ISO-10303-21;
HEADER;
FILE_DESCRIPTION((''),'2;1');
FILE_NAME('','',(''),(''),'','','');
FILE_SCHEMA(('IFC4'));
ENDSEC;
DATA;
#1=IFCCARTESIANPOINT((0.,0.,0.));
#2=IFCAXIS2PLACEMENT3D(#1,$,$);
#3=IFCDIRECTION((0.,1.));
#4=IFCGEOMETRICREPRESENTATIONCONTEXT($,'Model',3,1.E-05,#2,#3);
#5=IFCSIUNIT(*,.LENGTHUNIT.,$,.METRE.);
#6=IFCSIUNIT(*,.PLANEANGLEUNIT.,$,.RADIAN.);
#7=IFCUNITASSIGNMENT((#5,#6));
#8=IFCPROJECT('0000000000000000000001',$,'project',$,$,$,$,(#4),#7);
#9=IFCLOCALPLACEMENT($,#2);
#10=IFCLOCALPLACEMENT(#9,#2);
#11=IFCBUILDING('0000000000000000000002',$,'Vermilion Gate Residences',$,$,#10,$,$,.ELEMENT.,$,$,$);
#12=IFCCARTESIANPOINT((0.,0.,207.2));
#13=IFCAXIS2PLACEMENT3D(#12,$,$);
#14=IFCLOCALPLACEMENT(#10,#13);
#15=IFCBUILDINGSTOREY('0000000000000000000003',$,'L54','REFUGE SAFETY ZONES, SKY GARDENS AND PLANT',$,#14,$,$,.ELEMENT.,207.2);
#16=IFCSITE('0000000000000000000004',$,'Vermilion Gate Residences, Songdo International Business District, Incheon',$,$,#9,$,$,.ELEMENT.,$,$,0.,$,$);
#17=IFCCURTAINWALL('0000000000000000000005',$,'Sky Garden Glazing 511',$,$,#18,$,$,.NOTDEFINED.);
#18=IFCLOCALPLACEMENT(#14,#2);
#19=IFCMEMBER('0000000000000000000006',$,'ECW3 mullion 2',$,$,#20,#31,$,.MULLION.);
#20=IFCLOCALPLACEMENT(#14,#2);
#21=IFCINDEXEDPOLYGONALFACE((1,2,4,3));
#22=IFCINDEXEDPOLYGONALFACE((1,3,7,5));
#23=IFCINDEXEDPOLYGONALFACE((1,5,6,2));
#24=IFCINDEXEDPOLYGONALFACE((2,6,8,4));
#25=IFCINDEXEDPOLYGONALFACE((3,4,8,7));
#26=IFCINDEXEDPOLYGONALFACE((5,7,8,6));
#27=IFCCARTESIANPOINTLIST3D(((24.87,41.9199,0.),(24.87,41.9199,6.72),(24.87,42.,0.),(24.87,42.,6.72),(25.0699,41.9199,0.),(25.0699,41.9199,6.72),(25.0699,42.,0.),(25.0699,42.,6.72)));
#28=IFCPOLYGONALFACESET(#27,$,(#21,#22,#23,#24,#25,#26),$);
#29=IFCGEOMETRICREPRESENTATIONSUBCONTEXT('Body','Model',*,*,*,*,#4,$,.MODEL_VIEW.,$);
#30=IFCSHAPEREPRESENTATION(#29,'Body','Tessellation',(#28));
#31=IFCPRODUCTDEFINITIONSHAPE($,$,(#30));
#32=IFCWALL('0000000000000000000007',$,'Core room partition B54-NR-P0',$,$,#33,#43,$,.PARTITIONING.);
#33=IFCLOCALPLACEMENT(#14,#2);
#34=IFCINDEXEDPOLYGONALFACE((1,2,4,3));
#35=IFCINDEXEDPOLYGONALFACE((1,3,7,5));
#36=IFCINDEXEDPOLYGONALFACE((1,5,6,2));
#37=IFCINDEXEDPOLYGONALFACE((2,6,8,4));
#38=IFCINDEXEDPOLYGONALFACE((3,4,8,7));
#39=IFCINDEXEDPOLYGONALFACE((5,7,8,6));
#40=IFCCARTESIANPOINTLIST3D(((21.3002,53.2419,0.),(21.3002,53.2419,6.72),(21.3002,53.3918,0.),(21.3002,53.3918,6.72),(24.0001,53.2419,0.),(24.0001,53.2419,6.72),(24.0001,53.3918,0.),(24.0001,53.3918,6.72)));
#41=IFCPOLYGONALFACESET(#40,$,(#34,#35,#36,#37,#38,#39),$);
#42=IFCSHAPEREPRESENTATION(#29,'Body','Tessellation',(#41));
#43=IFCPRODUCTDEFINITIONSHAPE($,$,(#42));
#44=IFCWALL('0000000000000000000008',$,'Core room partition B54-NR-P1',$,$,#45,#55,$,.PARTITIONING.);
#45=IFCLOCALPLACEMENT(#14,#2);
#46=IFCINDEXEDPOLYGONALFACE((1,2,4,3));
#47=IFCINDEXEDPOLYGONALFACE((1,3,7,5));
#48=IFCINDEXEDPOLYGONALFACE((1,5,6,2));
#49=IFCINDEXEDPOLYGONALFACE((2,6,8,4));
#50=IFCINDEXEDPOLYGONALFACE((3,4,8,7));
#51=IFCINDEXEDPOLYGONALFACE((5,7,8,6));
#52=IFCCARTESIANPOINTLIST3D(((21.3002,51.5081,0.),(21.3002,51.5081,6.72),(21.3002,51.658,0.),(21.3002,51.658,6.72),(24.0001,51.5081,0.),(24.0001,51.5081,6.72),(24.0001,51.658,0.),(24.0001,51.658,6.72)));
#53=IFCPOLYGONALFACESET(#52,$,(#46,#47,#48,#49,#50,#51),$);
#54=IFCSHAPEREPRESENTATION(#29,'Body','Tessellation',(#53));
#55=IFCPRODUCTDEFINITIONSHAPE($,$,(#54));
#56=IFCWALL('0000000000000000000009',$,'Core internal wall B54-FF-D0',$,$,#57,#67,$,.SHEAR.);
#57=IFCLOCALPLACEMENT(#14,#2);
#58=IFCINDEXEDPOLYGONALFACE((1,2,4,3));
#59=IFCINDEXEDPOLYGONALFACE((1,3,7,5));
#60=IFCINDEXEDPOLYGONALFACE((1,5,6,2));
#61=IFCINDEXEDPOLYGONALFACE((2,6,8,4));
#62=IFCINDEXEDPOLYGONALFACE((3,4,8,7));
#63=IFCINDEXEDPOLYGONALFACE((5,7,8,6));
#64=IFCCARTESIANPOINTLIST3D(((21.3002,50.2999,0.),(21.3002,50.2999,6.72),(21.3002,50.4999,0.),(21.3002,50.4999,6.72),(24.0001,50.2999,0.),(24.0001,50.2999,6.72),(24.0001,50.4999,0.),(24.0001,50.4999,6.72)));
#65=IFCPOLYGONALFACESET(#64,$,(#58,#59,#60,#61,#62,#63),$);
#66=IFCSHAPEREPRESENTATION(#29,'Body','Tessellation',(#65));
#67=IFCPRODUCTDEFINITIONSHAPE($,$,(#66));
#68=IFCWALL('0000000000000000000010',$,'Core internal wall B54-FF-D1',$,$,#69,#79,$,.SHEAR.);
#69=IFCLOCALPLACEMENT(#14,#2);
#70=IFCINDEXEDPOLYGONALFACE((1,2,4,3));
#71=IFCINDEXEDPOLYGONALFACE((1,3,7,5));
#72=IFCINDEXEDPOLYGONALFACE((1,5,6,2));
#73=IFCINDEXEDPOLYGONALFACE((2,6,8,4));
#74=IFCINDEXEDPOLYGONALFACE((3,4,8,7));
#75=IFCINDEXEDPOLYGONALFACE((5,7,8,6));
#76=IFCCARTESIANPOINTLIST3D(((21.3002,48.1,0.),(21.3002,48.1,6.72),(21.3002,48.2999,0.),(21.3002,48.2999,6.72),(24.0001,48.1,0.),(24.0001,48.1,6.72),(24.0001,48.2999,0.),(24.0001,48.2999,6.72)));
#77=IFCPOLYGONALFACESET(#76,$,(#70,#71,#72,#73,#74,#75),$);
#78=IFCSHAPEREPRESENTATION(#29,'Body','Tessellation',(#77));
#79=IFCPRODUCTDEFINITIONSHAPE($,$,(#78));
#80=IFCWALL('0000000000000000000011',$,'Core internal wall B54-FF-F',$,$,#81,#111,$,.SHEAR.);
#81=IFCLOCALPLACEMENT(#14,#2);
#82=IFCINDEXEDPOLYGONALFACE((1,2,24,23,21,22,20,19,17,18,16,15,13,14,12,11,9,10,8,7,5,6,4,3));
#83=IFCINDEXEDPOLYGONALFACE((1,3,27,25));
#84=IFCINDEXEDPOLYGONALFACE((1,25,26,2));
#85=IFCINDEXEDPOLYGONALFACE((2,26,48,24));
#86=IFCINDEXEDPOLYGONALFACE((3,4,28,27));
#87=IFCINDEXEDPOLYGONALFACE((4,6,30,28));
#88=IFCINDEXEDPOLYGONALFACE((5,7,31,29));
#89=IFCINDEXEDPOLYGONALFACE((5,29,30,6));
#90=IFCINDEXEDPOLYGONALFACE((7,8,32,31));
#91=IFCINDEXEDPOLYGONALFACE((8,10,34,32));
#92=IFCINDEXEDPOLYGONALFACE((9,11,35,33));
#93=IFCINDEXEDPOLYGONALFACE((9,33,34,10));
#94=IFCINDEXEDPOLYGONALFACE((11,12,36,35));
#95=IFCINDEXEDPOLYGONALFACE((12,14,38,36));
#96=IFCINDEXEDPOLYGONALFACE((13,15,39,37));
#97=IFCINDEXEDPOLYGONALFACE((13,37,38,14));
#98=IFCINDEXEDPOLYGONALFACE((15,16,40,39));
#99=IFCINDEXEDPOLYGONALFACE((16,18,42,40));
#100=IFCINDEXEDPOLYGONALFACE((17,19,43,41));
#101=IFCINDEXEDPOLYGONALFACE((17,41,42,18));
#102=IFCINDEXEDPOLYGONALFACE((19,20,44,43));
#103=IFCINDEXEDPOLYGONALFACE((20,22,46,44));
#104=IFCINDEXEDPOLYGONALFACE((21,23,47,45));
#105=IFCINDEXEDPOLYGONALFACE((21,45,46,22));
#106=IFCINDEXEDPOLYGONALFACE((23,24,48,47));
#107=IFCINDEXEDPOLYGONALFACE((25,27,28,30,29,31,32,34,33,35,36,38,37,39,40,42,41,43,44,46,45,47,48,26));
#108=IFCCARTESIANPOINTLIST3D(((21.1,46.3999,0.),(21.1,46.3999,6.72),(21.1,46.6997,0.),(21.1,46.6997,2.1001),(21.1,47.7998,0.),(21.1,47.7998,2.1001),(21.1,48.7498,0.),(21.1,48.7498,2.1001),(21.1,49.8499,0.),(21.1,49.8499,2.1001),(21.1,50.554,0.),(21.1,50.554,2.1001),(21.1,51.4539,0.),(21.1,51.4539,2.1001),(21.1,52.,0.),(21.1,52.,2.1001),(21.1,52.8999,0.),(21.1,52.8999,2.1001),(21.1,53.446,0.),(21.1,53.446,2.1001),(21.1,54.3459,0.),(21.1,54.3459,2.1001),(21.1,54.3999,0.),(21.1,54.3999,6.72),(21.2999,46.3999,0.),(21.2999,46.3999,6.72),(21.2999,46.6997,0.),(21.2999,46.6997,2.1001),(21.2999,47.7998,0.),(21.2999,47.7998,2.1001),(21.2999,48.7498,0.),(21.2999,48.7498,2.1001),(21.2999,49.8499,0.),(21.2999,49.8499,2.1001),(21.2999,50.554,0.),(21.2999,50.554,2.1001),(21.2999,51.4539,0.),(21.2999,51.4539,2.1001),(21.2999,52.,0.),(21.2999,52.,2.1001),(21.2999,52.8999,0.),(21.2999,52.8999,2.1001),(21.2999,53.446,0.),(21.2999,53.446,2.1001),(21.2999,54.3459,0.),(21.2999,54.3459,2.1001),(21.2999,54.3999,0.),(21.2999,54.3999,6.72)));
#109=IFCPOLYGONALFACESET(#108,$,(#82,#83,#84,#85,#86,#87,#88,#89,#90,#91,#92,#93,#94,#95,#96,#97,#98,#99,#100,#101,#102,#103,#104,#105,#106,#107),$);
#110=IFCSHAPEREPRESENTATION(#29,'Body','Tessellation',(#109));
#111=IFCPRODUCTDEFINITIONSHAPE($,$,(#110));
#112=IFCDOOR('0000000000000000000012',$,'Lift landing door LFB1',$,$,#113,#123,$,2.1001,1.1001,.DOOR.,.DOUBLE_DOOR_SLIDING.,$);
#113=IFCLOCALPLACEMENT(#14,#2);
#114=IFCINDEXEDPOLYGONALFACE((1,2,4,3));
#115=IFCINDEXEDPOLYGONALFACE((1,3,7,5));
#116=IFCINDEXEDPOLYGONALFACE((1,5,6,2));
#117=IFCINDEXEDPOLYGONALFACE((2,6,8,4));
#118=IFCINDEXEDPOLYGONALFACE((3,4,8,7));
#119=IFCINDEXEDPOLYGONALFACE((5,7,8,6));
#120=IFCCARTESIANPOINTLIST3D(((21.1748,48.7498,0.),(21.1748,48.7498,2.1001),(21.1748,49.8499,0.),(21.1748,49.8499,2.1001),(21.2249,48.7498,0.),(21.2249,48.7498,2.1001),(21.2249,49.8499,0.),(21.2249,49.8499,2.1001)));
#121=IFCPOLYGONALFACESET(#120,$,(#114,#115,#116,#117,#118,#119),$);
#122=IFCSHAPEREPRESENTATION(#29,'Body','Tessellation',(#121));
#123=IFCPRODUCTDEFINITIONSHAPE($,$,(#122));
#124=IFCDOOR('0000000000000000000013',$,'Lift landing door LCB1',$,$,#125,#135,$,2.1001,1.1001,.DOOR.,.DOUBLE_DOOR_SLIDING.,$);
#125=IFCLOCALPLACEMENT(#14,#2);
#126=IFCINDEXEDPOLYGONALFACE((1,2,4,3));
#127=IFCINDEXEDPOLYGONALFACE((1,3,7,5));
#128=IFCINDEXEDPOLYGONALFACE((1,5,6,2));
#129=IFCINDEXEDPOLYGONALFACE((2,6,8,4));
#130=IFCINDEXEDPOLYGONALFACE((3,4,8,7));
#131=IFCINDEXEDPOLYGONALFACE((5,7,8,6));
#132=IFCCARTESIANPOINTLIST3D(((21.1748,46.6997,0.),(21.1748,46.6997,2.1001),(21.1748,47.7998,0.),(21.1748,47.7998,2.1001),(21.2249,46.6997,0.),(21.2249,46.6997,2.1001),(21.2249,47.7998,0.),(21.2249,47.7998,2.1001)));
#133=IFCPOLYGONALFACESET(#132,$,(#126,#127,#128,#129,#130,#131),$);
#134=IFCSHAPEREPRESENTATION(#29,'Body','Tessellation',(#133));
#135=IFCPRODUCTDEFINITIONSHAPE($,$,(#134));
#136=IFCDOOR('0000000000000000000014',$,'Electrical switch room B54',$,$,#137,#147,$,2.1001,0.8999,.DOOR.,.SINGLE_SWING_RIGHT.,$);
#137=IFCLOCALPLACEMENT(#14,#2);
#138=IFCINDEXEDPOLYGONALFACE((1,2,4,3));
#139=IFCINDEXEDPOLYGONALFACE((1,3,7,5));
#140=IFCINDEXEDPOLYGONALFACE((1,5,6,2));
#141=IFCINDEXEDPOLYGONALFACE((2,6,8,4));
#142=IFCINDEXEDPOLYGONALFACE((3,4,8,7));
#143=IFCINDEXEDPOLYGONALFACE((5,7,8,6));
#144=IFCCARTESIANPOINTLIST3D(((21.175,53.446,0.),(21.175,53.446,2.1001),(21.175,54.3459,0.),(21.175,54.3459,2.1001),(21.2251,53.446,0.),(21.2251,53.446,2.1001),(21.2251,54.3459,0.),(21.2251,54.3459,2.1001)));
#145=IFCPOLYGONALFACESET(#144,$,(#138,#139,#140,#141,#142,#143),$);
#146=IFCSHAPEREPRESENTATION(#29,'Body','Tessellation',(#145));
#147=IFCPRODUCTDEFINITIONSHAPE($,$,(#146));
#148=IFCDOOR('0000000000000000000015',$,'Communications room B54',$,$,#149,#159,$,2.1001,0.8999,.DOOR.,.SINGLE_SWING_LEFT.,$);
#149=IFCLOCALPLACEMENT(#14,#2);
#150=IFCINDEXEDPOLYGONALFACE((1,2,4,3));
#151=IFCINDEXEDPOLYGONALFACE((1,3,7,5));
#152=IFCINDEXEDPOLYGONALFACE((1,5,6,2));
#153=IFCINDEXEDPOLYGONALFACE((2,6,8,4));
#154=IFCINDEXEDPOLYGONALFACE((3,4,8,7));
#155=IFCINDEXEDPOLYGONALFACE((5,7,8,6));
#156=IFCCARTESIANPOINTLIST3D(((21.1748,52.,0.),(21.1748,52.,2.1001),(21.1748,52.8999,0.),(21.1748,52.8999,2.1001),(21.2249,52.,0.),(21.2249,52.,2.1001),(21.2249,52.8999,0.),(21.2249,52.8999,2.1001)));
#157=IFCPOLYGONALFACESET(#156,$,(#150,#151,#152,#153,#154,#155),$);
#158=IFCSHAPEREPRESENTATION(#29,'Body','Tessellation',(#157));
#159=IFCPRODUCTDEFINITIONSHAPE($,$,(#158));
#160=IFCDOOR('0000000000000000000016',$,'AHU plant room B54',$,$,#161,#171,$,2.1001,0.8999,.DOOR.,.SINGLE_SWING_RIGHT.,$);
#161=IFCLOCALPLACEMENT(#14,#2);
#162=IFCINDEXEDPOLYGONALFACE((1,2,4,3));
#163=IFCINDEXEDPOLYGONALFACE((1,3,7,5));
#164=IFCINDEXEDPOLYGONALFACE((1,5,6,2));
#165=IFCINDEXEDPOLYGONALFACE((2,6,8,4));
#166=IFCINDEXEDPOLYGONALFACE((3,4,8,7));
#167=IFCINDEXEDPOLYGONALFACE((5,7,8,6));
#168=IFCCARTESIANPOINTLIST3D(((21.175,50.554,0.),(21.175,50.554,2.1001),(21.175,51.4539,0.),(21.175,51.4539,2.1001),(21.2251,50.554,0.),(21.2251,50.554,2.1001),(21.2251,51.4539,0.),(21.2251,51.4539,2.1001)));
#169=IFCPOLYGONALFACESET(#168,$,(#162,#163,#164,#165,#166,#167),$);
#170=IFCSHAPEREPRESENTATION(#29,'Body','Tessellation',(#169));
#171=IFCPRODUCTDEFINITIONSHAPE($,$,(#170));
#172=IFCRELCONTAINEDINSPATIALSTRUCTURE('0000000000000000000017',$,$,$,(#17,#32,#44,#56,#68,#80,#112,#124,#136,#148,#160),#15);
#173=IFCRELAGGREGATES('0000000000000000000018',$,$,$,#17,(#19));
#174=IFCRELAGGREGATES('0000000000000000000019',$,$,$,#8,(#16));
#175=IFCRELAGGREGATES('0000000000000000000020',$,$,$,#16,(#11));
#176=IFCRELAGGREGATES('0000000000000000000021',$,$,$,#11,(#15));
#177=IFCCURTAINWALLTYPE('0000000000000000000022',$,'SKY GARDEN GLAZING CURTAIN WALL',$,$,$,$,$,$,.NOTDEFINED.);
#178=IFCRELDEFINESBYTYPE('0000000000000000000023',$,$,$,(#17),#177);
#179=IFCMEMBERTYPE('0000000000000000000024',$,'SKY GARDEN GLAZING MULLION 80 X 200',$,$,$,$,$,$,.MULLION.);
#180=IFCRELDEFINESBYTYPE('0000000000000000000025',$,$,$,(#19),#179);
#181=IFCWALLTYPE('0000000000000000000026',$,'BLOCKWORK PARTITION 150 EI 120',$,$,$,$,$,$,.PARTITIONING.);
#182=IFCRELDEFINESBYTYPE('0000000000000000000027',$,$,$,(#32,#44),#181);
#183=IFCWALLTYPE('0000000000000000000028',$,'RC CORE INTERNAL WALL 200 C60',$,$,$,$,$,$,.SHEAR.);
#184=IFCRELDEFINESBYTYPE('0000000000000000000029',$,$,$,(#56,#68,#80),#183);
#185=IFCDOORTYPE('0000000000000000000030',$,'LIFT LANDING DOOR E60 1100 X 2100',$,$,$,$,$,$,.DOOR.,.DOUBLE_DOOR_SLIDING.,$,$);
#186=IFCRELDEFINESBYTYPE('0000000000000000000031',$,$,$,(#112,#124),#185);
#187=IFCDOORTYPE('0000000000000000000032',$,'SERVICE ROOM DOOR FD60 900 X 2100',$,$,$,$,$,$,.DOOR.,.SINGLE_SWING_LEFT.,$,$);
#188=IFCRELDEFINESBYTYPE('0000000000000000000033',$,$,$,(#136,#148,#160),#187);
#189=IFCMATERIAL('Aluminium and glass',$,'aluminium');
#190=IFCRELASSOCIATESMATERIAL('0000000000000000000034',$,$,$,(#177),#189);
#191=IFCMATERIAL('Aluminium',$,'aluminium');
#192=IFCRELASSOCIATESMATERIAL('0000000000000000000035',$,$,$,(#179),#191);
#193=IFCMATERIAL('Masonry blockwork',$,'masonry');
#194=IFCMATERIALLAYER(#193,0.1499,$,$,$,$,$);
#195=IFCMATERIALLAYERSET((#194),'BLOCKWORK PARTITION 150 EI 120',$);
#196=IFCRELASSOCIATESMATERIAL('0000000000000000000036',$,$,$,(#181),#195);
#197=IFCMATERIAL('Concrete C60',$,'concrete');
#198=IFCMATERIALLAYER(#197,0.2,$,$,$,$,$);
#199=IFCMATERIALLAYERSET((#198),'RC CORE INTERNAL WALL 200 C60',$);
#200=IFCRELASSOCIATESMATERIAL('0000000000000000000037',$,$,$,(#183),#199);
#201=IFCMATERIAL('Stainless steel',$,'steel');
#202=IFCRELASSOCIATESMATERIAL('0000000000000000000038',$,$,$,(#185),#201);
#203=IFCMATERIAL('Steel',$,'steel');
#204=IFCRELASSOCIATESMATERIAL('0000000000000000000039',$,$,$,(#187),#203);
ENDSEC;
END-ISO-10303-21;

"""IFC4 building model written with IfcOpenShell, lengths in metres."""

from ifc_helpers import new_model, si_unit, direction, frame, frame_2d, origin, origin_2d, place, context, subcontext, project, spatial, rectangle, extrude, material, layer, layer_set, material_profile, profile_set, type_object, element, fill, aggregate, save


model = new_model("IFC4")

# Units and contexts
model_context = context("Model", 3, precision=1e-05, world=origin(), true_north=direction((0.0, 1.0)))
body_context = subcontext(model_context, "Body", "Model", "MODEL_VIEW")
ifc_project = project(units=[si_unit("LENGTHUNIT", "METRE"), si_unit("PLANEANGLEUNIT", "RADIAN")], contexts=[model_context])

# Site, building, storey
site_placement = place(None, origin())
site = spatial("IfcSite", under=ifc_project, at=site_placement, Name="Vermilion Gate Residences, Songdo International Business District, Incheon", CompositionType="ELEMENT", RefElevation=0.0)
building_placement = place(site_placement, origin())
building = spatial("IfcBuilding", under=site, at=building_placement, Name="Vermilion Gate Residences", CompositionType="ELEMENT")
storey_placement = place(building_placement, frame((0.0, 0.0, 207.2)))
storey = spatial("IfcBuildingStorey", under=building, at=storey_placement, Name="L54", Description="REFUGE SAFETY ZONES, SKY GARDENS AND PLANT", CompositionType="ELEMENT", Elevation=207.2)

# Curtain wall, member
ifc_material_1 = material(Name="Aluminium and glass", Category="aluminium")
curtain_wall_type = type_object("IfcCurtainWallType", Name="SKY GARDEN GLAZING CURTAIN WALL", PredefinedType="NOTDEFINED", material=ifc_material_1)
curtain_wall_placement = place(storey_placement, origin())
curtain_wall = element("IfcCurtainWall", 1, at=curtain_wall_placement, inside=storey, type_object=curtain_wall_type, Name="Sky Garden Glazing 511", PredefinedType="NOTDEFINED")
ifc_material_2 = material(Name="Aluminium", Category="aluminium")
ifc_material_profile = material_profile(ifc_material_2, rectangle(XDim=0.2, YDim=0.0801, at=origin_2d()), Name="MULLION 80 X 200")
ifc_profile_set = profile_set([ifc_material_profile], Name="Aluminium")
member_type = type_object("IfcMemberType", Name="SKY GARDEN GLAZING MULLION 80 X 200", PredefinedType="MULLION", material=ifc_profile_set)
member_placement = place(storey_placement, frame((24.97, 41.96, 0.0), z_axis=(0.0, 0.0, 1.0), x_axis=(-1.0, 0.0, 0.0)))
member = element("IfcMember", 2, at=member_placement, type_object=member_type, Name="ECW3 mullion 2", PredefinedType="MULLION", context=body_context, shape_type="SweptSolid", body=[
    extrude(rectangle(XDim=0.2, YDim=0.0801, at=origin_2d()), origin(), (0.0, 0.0, 1.0), 6.72),
])
aggregate(curtain_wall, [member])

# Walls
ifc_material_3 = material(Name="Masonry blockwork", Category="masonry")
ifc_layer_1 = layer(ifc_material_3, 0.1499)
ifc_layer_set_1 = layer_set([ifc_layer_1], Name="BLOCKWORK PARTITION 150 EI 120")
wall_type_1 = type_object("IfcWallType", Name="BLOCKWORK PARTITION 150 EI 120", PredefinedType="PARTITIONING", material=ifc_layer_set_1)
for number, where, z_axis, x_axis, name in (
    (3, (21.3, 53.3169, 0.0), (0.0, 0.0, 1.0), (1.0, 0.0, 0.0), "Core room partition B54-NR-P0"),
    (4, (21.3, 51.583, 0.0), (0.0, 0.0, 1.0), (1.0, 0.0, 0.0), "Core room partition B54-NR-P1"),
):
    element("IfcWall", number, at=place(storey_placement, frame(where, z_axis=z_axis, x_axis=x_axis)), inside=storey, type_object=wall_type_1, Name=name, PredefinedType="PARTITIONING", context=body_context, shape_type="SweptSolid", body=[
        extrude(rectangle(XDim=2.7, YDim=0.1499, at=frame_2d((1.3501, 0.0))), origin(), (0.0, 0.0, 1.0), 6.72),
    ])
ifc_material_4 = material(Name="Concrete C60", Category="concrete")
ifc_layer_2 = layer(ifc_material_4, 0.2)
ifc_layer_set_2 = layer_set([ifc_layer_2], Name="RC CORE INTERNAL WALL 200 C60")
wall_type_2 = type_object("IfcWallType", Name="RC CORE INTERNAL WALL 200 C60", PredefinedType="SHEAR", material=ifc_layer_set_2)
for number, where, z_axis, x_axis, name in (
    (5, (21.3, 50.3999, 0.0), (0.0, 0.0, 1.0), (1.0, 0.0, 0.0), "Core internal wall B54-FF-D0"),
    (6, (21.3, 48.2, 0.0), (0.0, 0.0, 1.0), (1.0, 0.0, 0.0), "Core internal wall B54-FF-D1"),
):
    element("IfcWall", number, at=place(storey_placement, frame(where, z_axis=z_axis, x_axis=x_axis)), inside=storey, type_object=wall_type_2, Name=name, PredefinedType="SHEAR", context=body_context, shape_type="SweptSolid", body=[
        extrude(rectangle(XDim=2.7, YDim=0.2, at=frame_2d((1.3501, 0.0))), origin(), (0.0, 0.0, 1.0), 6.72),
    ])

# Wall, openings, doors
wall_1_placement = place(storey_placement, frame((21.2, 54.3999, 0.0), z_axis=(0.0, 0.0, 1.0), x_axis=(0.0, -1.0, 0.0)))
wall_1 = element("IfcWall", 7, at=wall_1_placement, inside=storey, type_object=wall_type_2, Name="Core internal wall B54-FF-F", PredefinedType="SHEAR", context=body_context, shape_type="SweptSolid", body=[
    extrude(rectangle(XDim=8.0, YDim=0.2, at=frame_2d((4.0, 0.0))), origin(), (0.0, 0.0, 1.0), 6.72),
])
opening_1_placement = place(wall_1_placement, frame((0.054, 0.0, 0.0)))
opening_1 = element("IfcOpeningElement", 8, at=opening_1_placement, cuts=wall_1, PredefinedType="OPENING", context=body_context, shape_type="SweptSolid", body=[
    extrude(rectangle(XDim=0.8999, YDim=2.1001, at=frame_2d((0.45, 1.05))), frame((0.0, 0.1099, 0.0), z_axis=(0.0, -1.0, 0.0), x_axis=(1.0, 0.0, 0.0)), (0.0, 0.0, 1.0), 0.22),
])
opening_2_placement = place(wall_1_placement, frame((1.5, 0.0, 0.0)))
opening_2 = element("IfcOpeningElement", 9, at=opening_2_placement, cuts=wall_1, PredefinedType="OPENING", context=body_context, shape_type="SweptSolid", body=[
    extrude(rectangle(XDim=0.8999, YDim=2.1001, at=frame_2d((0.45, 1.05))), frame((0.0, 0.1099, 0.0), z_axis=(0.0, -1.0, 0.0), x_axis=(1.0, 0.0, 0.0)), (0.0, 0.0, 1.0), 0.22),
])
opening_3_placement = place(wall_1_placement, frame((2.946, 0.0, 0.0)))
opening_3 = element("IfcOpeningElement", 10, at=opening_3_placement, cuts=wall_1, PredefinedType="OPENING", context=body_context, shape_type="SweptSolid", body=[
    extrude(rectangle(XDim=0.8999, YDim=2.1001, at=frame_2d((0.45, 1.05))), frame((0.0, 0.1099, 0.0), z_axis=(0.0, -1.0, 0.0), x_axis=(1.0, 0.0, 0.0)), (0.0, 0.0, 1.0), 0.22),
])
opening_4_placement = place(wall_1_placement, frame((4.55, 0.0, 0.0)))
opening_4 = element("IfcOpeningElement", 11, at=opening_4_placement, cuts=wall_1, PredefinedType="OPENING", context=body_context, shape_type="SweptSolid", body=[
    extrude(rectangle(XDim=1.1001, YDim=2.1001, at=frame_2d((0.55, 1.05))), frame((0.0, 0.1099, 0.0), z_axis=(0.0, -1.0, 0.0), x_axis=(1.0, 0.0, 0.0)), (0.0, 0.0, 1.0), 0.22),
])
opening_5_placement = place(wall_1_placement, frame((6.6001, 0.0, 0.0)))
opening_5 = element("IfcOpeningElement", 12, at=opening_5_placement, cuts=wall_1, PredefinedType="OPENING", context=body_context, shape_type="SweptSolid", body=[
    extrude(rectangle(XDim=1.1001, YDim=2.1001, at=frame_2d((0.55, 1.05))), frame((0.0, 0.1099, 0.0), z_axis=(0.0, -1.0, 0.0), x_axis=(1.0, 0.0, 0.0)), (0.0, 0.0, 1.0), 0.22),
])
ifc_material_5 = material(Name="Stainless steel", Category="steel")
door_type_1 = type_object("IfcDoorType", Name="LIFT LANDING DOOR E60 1100 X 2100", OperationType="DOUBLE_DOOR_SLIDING", PredefinedType="DOOR", material=ifc_material_5)
door_1_placement = place(opening_4_placement, origin())
door_1 = element("IfcDoor", 13, at=door_1_placement, inside=storey, type_object=door_type_1, Name="Lift landing door LFB1", OperationType="DOUBLE_DOOR_SLIDING", OverallHeight=2.1001, OverallWidth=1.1001, PredefinedType="DOOR", context=body_context, shape_type="SweptSolid", body=[
    extrude(rectangle(XDim=1.1001, YDim=2.1001, at=frame_2d((0.55, 1.05))), frame((0.0, 0.0249, 0.0), z_axis=(0.0, -1.0, 0.0), x_axis=(1.0, 0.0, 0.0)), (0.0, 0.0, 1.0), 0.05),
])
fill(opening_4, door_1)
door_2_placement = place(opening_5_placement, origin())
door_2 = element("IfcDoor", 14, at=door_2_placement, inside=storey, type_object=door_type_1, Name="Lift landing door LCB1", OperationType="DOUBLE_DOOR_SLIDING", OverallHeight=2.1001, OverallWidth=1.1001, PredefinedType="DOOR", context=body_context, shape_type="SweptSolid", body=[
    extrude(rectangle(XDim=1.1001, YDim=2.1001, at=frame_2d((0.55, 1.05))), frame((0.0, 0.0249, 0.0), z_axis=(0.0, -1.0, 0.0), x_axis=(1.0, 0.0, 0.0)), (0.0, 0.0, 1.0), 0.05),
])
fill(opening_5, door_2)
ifc_material_6 = material(Name="Steel", Category="steel")
door_type_2 = type_object("IfcDoorType", Name="SERVICE ROOM DOOR FD60 900 X 2100", OperationType="SINGLE_SWING_LEFT", PredefinedType="DOOR", material=ifc_material_6)
door_3_placement = place(opening_1_placement, frame((0.8999, 0.0, 0.0), z_axis=(0.0, 0.0, 1.0), x_axis=(-1.0, 0.0, 0.0)))
door_3 = element("IfcDoor", 15, at=door_3_placement, inside=storey, type_object=door_type_2, Name="Electrical switch room B54", OperationType="SINGLE_SWING_RIGHT", OverallHeight=2.1001, OverallWidth=0.8999, PredefinedType="DOOR", context=body_context, shape_type="SweptSolid", body=[
    extrude(rectangle(XDim=0.8999, YDim=2.1001, at=frame_2d((0.45, 1.05))), frame((0.0, 0.0249, 0.0), z_axis=(0.0, -1.0, 0.0), x_axis=(1.0, 0.0, 0.0)), (0.0, 0.0, 1.0), 0.05),
])
fill(opening_1, door_3)
door_4_placement = place(opening_2_placement, origin())
door_4 = element("IfcDoor", 16, at=door_4_placement, inside=storey, type_object=door_type_2, Name="Communications room B54", OperationType="SINGLE_SWING_LEFT", OverallHeight=2.1001, OverallWidth=0.8999, PredefinedType="DOOR", context=body_context, shape_type="SweptSolid", body=[
    extrude(rectangle(XDim=0.8999, YDim=2.1001, at=frame_2d((0.45, 1.05))), frame((0.0, 0.0249, 0.0), z_axis=(0.0, -1.0, 0.0), x_axis=(1.0, 0.0, 0.0)), (0.0, 0.0, 1.0), 0.05),
])
fill(opening_2, door_4)
door_5_placement = place(opening_3_placement, frame((0.8999, 0.0, 0.0), z_axis=(0.0, 0.0, 1.0), x_axis=(-1.0, 0.0, 0.0)))
door_5 = element("IfcDoor", 17, at=door_5_placement, inside=storey, type_object=door_type_2, Name="AHU plant room B54", OperationType="SINGLE_SWING_RIGHT", OverallHeight=2.1001, OverallWidth=0.8999, PredefinedType="DOOR", context=body_context, shape_type="SweptSolid", body=[
    extrude(rectangle(XDim=0.8999, YDim=2.1001, at=frame_2d((0.45, 1.05))), frame((0.0, 0.0249, 0.0), z_axis=(0.0, -1.0, 0.0), x_axis=(1.0, 0.0, 0.0)), (0.0, 0.0, 1.0), 0.05),
])
fill(opening_3, door_5)

save(model, "model.ifc")
